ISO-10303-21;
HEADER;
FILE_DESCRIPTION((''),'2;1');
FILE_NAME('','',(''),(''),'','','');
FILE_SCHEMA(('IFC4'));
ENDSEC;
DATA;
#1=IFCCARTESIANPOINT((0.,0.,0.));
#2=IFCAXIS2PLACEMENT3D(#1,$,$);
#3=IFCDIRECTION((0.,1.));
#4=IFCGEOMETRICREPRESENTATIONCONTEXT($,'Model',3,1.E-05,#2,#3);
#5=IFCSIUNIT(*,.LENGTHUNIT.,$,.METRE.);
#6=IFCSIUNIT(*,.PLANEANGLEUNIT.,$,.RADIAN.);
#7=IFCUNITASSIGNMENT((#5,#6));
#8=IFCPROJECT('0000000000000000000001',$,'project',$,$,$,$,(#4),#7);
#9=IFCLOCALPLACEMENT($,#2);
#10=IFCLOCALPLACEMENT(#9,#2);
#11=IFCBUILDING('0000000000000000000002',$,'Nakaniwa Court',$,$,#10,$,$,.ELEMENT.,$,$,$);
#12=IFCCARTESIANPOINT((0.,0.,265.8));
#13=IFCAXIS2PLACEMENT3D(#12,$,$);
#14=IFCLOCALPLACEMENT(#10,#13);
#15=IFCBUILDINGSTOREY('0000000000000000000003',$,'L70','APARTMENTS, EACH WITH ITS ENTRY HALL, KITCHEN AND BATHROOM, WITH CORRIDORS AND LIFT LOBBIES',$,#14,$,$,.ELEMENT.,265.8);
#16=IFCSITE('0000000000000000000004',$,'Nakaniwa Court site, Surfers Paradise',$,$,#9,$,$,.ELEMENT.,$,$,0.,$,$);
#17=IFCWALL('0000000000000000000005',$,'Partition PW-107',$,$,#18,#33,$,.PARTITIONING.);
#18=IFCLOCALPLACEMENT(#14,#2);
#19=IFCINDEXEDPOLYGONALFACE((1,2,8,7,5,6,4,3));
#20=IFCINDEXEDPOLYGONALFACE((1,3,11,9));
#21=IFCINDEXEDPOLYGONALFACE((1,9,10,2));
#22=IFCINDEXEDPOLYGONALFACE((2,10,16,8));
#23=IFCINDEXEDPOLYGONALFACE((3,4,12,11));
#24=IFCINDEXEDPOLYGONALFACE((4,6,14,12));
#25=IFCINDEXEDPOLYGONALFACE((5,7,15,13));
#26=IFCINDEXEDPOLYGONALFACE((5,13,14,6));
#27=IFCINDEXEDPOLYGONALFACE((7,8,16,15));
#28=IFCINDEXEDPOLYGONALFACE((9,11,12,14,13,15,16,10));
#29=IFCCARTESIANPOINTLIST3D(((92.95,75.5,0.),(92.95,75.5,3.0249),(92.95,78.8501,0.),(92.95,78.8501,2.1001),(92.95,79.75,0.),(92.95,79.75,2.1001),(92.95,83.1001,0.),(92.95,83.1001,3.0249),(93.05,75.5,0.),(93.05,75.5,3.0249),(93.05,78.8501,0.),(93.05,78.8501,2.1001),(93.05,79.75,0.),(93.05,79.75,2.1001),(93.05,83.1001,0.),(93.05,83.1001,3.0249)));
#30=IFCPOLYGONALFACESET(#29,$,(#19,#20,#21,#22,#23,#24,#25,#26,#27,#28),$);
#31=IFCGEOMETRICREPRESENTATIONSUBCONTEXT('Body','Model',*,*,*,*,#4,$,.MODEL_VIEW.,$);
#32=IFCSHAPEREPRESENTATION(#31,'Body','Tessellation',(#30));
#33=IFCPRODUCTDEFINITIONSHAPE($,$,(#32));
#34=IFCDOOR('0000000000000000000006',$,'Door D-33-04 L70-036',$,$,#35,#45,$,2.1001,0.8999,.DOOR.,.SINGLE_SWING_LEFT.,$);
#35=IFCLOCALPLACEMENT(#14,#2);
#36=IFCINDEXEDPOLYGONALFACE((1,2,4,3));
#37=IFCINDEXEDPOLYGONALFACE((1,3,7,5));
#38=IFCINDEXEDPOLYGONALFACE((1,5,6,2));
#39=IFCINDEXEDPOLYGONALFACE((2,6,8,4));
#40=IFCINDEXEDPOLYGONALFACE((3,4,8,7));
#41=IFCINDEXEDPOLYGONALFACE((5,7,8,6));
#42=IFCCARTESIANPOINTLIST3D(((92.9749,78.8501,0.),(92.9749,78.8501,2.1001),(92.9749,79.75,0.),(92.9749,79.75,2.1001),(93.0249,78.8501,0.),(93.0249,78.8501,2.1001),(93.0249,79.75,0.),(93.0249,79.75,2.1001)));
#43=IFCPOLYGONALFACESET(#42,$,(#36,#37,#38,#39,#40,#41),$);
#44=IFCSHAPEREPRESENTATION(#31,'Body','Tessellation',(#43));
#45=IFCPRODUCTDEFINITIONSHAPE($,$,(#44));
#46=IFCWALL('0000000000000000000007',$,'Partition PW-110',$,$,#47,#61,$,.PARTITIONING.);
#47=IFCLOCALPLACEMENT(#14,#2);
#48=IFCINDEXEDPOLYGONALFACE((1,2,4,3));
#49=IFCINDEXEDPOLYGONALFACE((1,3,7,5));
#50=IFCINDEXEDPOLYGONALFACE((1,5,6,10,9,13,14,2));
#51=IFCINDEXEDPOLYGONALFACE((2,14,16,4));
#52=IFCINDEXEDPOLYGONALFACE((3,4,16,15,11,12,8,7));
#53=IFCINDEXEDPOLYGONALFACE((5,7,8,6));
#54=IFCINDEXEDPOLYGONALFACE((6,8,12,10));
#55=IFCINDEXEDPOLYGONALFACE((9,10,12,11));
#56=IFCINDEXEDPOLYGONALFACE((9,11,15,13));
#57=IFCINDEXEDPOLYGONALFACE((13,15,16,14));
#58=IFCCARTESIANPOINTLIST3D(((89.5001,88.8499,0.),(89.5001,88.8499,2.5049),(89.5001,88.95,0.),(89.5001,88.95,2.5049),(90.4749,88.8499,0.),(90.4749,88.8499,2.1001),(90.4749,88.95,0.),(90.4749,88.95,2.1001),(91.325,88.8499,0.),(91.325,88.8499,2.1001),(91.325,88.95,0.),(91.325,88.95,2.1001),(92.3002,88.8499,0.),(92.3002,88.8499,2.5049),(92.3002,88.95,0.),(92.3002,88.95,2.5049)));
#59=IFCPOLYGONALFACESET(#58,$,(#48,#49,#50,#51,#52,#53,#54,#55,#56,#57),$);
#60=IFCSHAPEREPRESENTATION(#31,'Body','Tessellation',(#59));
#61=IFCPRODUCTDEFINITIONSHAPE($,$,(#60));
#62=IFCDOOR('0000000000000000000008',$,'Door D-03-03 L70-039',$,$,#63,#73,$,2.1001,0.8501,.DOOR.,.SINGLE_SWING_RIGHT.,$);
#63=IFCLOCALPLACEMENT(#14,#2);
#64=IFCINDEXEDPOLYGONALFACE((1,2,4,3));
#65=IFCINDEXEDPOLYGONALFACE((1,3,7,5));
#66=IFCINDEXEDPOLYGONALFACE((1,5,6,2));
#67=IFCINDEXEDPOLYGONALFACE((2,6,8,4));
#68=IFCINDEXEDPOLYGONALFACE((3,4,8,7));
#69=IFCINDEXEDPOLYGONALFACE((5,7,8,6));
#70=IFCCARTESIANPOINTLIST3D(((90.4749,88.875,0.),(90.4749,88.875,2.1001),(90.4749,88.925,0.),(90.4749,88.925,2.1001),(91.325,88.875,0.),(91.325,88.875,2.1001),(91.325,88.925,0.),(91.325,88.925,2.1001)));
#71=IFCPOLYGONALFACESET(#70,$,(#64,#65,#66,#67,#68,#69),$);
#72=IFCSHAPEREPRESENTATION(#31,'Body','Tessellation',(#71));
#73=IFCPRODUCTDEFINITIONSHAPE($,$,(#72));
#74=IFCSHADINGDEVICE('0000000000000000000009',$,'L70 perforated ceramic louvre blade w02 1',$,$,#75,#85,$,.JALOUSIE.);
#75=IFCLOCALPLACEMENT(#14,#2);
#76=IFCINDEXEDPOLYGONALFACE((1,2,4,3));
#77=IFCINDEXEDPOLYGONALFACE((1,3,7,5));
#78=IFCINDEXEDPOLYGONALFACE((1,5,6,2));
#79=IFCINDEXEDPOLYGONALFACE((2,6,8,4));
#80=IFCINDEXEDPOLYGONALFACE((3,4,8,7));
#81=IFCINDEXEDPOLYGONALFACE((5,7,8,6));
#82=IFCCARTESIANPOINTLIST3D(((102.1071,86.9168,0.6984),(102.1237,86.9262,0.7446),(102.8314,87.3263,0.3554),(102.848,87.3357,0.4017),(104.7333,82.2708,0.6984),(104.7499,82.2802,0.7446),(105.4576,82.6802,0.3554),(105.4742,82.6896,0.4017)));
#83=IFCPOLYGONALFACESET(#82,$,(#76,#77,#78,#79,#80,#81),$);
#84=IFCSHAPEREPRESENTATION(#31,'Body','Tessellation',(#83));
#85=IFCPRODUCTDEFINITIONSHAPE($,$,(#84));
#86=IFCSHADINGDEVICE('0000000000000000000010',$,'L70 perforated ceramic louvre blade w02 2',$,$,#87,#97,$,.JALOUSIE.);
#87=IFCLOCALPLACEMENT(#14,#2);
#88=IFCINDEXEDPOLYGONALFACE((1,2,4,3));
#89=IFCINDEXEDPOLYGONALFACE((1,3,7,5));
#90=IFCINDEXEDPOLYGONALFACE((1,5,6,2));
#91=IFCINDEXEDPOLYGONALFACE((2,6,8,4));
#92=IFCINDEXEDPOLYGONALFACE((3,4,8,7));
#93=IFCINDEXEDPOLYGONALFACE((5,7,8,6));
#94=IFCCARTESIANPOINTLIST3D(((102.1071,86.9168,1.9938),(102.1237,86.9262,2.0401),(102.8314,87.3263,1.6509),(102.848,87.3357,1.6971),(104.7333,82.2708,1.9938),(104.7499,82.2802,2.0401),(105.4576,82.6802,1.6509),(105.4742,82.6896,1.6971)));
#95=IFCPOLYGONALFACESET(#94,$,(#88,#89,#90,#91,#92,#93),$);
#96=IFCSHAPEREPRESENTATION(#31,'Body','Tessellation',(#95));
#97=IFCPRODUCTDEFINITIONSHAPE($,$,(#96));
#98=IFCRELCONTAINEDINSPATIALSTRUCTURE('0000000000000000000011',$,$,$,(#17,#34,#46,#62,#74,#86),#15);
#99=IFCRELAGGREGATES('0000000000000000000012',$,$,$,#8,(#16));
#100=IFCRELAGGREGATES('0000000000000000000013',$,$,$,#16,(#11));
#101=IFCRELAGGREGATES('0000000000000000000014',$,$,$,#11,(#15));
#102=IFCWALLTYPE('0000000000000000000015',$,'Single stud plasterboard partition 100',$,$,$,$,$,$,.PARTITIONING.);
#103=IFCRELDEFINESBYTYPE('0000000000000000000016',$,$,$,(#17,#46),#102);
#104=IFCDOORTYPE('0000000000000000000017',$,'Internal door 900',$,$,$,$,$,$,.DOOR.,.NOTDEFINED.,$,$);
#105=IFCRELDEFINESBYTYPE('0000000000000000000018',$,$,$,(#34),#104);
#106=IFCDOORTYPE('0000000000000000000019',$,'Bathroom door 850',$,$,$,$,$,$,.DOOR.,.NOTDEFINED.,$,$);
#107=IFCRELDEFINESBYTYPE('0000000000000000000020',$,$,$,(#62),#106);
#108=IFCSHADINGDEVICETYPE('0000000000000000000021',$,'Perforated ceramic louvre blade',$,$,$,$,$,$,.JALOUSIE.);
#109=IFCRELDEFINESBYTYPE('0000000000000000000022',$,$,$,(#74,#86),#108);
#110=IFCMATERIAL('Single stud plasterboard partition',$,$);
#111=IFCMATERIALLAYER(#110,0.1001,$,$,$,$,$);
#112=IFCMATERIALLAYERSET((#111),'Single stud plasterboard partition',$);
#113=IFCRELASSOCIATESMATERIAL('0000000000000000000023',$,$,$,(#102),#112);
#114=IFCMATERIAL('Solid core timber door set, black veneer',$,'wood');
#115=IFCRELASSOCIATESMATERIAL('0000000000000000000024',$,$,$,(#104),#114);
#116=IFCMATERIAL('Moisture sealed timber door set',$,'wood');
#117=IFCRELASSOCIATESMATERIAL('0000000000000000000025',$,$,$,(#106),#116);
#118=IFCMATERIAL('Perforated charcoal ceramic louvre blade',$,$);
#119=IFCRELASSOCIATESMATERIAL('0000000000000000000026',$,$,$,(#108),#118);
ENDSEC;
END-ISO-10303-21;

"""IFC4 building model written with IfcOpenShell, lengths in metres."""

from ifc_helpers import new_model, si_unit, direction, frame, frame_2d, origin, origin_2d, place, context, subcontext, project, spatial, rectangle, extrude, material, layer, layer_set, material_profile, profile_set, type_object, element, fill, save


model = new_model("IFC4")

# Units and contexts
model_context = context("Model", 3, precision=1e-05, world=origin(), true_north=direction((0.0, 1.0)))
body_context = subcontext(model_context, "Body", "Model", "MODEL_VIEW")
ifc_project = project(units=[si_unit("LENGTHUNIT", "METRE"), si_unit("PLANEANGLEUNIT", "RADIAN")], contexts=[model_context])

# Site, building, storey
site_placement = place(None, origin())
site = spatial("IfcSite", under=ifc_project, at=site_placement, Name="Nakaniwa Court site, Surfers Paradise", CompositionType="ELEMENT", RefElevation=0.0)
building_placement = place(site_placement, origin())
building = spatial("IfcBuilding", under=site, at=building_placement, Name="Nakaniwa Court", CompositionType="ELEMENT")
storey_placement = place(building_placement, frame((0.0, 0.0, 265.8)))
storey = spatial("IfcBuildingStorey", under=building, at=storey_placement, Name="L70", Description="APARTMENTS, EACH WITH ITS ENTRY HALL, KITCHEN AND BATHROOM, WITH CORRIDORS AND LIFT LOBBIES", CompositionType="ELEMENT", Elevation=265.8)

# Walls, openings, doors
ifc_material_1 = material(Name="Single stud plasterboard partition")
ifc_layer_1 = layer(ifc_material_1, 0.1001)
ifc_layer_set_1 = layer_set([ifc_layer_1], Name="Single stud plasterboard partition")
wall_type_1 = type_object("IfcWallType", Name="Single stud plasterboard partition 100", PredefinedType="PARTITIONING", material=ifc_layer_set_1)
ifc_material_2 = material(Name="Solid core timber door set, black veneer", Category="wood")
door_type_1 = type_object("IfcDoorType", Name="Internal door 900", OperationType="NOTDEFINED", PredefinedType="DOOR", material=ifc_material_2)
ifc_material_3 = material(Name="Moisture sealed timber door set", Category="wood")
door_type_2 = type_object("IfcDoorType", Name="Bathroom door 850", OperationType="NOTDEFINED", PredefinedType="DOOR", material=ifc_material_3)
wall_1_placement = place(storey_placement, frame((93.0, 83.1001, 0.0), z_axis=(0.0, 0.0, 1.0), x_axis=(0.0, -1.0, 0.0)))
wall_1 = element("IfcWall", 1, at=wall_1_placement, inside=storey, type_object=wall_type_1, Name="Partition PW-107", PredefinedType="PARTITIONING", context=body_context, shape_type="SweptSolid", body=[
    extrude(rectangle(XDim=7.6001, YDim=0.1001, at=frame_2d((3.8, 0.0))), origin(), (0.0, 0.0, 1.0), 3.0249),
])
opening_1_placement = place(wall_1_placement, frame((3.3501, 0.0, 0.0)))
opening_1 = element("IfcOpeningElement", 2, at=opening_1_placement, cuts=wall_1, PredefinedType="OPENING", context=body_context, shape_type="SweptSolid", body=[
    extrude(rectangle(XDim=0.8999, YDim=2.1001, at=frame_2d((0.45, 1.05))), frame((0.0, 0.0601, 0.0), z_axis=(0.0, -1.0, 0.0), x_axis=(1.0, 0.0, 0.0)), (0.0, 0.0, 1.0), 0.1201),
])
door_1_placement = place(opening_1_placement, origin())
door_1 = element("IfcDoor", 3, at=door_1_placement, inside=storey, type_object=door_type_1, Name="Door D-33-04 L70-036", OperationType="SINGLE_SWING_LEFT", OverallHeight=2.1001, OverallWidth=0.8999, PredefinedType="DOOR", context=body_context, shape_type="SweptSolid", body=[
    extrude(rectangle(XDim=0.8999, YDim=2.1001, at=frame_2d((0.45, 1.05))), frame((0.0, 0.0249, 0.0), z_axis=(0.0, -1.0, 0.0), x_axis=(1.0, 0.0, 0.0)), (0.0, 0.0, 1.0), 0.05),
])
fill(opening_1, door_1)
wall_2_placement = place(storey_placement, frame((92.3, 88.8999, 0.0), z_axis=(0.0, 0.0, 1.0), x_axis=(-1.0, 0.0, 0.0)))
wall_2 = element("IfcWall", 4, at=wall_2_placement, inside=storey, type_object=wall_type_1, Name="Partition PW-110", PredefinedType="PARTITIONING", context=body_context, shape_type="SweptSolid", body=[
    extrude(rectangle(XDim=2.8, YDim=0.1001, at=frame_2d((1.3999, 0.0))), origin(), (0.0, 0.0, 1.0), 2.5049),
])
opening_2_placement = place(wall_2_placement, frame((0.9751, 0.0, 0.0)))
opening_2 = element("IfcOpeningElement", 5, at=opening_2_placement, cuts=wall_2, PredefinedType="OPENING", context=body_context, shape_type="SweptSolid", body=[
    extrude(rectangle(XDim=0.8501, YDim=2.1001, at=frame_2d((0.425, 1.05))), frame((0.0, 0.0601, 0.0), z_axis=(0.0, -1.0, 0.0), x_axis=(1.0, 0.0, 0.0)), (0.0, 0.0, 1.0), 0.1201),
])
door_2_placement = place(opening_2_placement, origin())
door_2 = element("IfcDoor", 6, at=door_2_placement, inside=storey, type_object=door_type_2, Name="Door D-03-03 L70-039", OperationType="SINGLE_SWING_RIGHT", OverallHeight=2.1001, OverallWidth=0.8501, PredefinedType="DOOR", context=body_context, shape_type="SweptSolid", body=[
    extrude(rectangle(XDim=0.8501, YDim=2.1001, at=frame_2d((0.425, 1.05))), frame((0.0, 0.0249, 0.0), z_axis=(0.0, -1.0, 0.0), x_axis=(1.0, 0.0, 0.0)), (0.0, 0.0, 1.0), 0.05),
])
fill(opening_2, door_2)

# Shading devices
ifc_material_4 = material(Name="Perforated charcoal ceramic louvre blade")
ifc_material_profile_1 = material_profile(ifc_material_4, rectangle(XDim=0.8999, YDim=0.05, at=origin_2d()), Name="Perforated ceramic louvre blade")
ifc_profile_set_1 = profile_set([ifc_material_profile_1], Name="Perforated charcoal ceramic louvre blade")
shading_device_type = type_object("IfcShadingDeviceType", Name="Perforated ceramic louvre blade", PredefinedType="JALOUSIE", material=ifc_profile_set_1)
for number, where, z_axis, x_axis, name in (
    (7, (105.1038, 82.4802, 0.55), (-0.492089, 0.870545, 0.0), (-0.804859, -0.454959, 0.38107), "L70 perforated ceramic louvre blade w02 1"),
    (8, (105.1038, 82.4802, 1.8455), (-0.492089, 0.870545, 0.0), (-0.804859, -0.454959, 0.38107), "L70 perforated ceramic louvre blade w02 2"),
):
    element("IfcShadingDevice", number, at=place(storey_placement, frame(where, z_axis=z_axis, x_axis=x_axis)), inside=storey, type_object=shading_device_type, Name=name, PredefinedType="JALOUSIE", context=body_context, shape_type="SweptSolid", body=[
        extrude(rectangle(XDim=0.8999, YDim=0.05, at=origin_2d()), origin(), (0.0, 0.0, 1.0), 5.3369),
    ])

save(model, "model.ifc")
